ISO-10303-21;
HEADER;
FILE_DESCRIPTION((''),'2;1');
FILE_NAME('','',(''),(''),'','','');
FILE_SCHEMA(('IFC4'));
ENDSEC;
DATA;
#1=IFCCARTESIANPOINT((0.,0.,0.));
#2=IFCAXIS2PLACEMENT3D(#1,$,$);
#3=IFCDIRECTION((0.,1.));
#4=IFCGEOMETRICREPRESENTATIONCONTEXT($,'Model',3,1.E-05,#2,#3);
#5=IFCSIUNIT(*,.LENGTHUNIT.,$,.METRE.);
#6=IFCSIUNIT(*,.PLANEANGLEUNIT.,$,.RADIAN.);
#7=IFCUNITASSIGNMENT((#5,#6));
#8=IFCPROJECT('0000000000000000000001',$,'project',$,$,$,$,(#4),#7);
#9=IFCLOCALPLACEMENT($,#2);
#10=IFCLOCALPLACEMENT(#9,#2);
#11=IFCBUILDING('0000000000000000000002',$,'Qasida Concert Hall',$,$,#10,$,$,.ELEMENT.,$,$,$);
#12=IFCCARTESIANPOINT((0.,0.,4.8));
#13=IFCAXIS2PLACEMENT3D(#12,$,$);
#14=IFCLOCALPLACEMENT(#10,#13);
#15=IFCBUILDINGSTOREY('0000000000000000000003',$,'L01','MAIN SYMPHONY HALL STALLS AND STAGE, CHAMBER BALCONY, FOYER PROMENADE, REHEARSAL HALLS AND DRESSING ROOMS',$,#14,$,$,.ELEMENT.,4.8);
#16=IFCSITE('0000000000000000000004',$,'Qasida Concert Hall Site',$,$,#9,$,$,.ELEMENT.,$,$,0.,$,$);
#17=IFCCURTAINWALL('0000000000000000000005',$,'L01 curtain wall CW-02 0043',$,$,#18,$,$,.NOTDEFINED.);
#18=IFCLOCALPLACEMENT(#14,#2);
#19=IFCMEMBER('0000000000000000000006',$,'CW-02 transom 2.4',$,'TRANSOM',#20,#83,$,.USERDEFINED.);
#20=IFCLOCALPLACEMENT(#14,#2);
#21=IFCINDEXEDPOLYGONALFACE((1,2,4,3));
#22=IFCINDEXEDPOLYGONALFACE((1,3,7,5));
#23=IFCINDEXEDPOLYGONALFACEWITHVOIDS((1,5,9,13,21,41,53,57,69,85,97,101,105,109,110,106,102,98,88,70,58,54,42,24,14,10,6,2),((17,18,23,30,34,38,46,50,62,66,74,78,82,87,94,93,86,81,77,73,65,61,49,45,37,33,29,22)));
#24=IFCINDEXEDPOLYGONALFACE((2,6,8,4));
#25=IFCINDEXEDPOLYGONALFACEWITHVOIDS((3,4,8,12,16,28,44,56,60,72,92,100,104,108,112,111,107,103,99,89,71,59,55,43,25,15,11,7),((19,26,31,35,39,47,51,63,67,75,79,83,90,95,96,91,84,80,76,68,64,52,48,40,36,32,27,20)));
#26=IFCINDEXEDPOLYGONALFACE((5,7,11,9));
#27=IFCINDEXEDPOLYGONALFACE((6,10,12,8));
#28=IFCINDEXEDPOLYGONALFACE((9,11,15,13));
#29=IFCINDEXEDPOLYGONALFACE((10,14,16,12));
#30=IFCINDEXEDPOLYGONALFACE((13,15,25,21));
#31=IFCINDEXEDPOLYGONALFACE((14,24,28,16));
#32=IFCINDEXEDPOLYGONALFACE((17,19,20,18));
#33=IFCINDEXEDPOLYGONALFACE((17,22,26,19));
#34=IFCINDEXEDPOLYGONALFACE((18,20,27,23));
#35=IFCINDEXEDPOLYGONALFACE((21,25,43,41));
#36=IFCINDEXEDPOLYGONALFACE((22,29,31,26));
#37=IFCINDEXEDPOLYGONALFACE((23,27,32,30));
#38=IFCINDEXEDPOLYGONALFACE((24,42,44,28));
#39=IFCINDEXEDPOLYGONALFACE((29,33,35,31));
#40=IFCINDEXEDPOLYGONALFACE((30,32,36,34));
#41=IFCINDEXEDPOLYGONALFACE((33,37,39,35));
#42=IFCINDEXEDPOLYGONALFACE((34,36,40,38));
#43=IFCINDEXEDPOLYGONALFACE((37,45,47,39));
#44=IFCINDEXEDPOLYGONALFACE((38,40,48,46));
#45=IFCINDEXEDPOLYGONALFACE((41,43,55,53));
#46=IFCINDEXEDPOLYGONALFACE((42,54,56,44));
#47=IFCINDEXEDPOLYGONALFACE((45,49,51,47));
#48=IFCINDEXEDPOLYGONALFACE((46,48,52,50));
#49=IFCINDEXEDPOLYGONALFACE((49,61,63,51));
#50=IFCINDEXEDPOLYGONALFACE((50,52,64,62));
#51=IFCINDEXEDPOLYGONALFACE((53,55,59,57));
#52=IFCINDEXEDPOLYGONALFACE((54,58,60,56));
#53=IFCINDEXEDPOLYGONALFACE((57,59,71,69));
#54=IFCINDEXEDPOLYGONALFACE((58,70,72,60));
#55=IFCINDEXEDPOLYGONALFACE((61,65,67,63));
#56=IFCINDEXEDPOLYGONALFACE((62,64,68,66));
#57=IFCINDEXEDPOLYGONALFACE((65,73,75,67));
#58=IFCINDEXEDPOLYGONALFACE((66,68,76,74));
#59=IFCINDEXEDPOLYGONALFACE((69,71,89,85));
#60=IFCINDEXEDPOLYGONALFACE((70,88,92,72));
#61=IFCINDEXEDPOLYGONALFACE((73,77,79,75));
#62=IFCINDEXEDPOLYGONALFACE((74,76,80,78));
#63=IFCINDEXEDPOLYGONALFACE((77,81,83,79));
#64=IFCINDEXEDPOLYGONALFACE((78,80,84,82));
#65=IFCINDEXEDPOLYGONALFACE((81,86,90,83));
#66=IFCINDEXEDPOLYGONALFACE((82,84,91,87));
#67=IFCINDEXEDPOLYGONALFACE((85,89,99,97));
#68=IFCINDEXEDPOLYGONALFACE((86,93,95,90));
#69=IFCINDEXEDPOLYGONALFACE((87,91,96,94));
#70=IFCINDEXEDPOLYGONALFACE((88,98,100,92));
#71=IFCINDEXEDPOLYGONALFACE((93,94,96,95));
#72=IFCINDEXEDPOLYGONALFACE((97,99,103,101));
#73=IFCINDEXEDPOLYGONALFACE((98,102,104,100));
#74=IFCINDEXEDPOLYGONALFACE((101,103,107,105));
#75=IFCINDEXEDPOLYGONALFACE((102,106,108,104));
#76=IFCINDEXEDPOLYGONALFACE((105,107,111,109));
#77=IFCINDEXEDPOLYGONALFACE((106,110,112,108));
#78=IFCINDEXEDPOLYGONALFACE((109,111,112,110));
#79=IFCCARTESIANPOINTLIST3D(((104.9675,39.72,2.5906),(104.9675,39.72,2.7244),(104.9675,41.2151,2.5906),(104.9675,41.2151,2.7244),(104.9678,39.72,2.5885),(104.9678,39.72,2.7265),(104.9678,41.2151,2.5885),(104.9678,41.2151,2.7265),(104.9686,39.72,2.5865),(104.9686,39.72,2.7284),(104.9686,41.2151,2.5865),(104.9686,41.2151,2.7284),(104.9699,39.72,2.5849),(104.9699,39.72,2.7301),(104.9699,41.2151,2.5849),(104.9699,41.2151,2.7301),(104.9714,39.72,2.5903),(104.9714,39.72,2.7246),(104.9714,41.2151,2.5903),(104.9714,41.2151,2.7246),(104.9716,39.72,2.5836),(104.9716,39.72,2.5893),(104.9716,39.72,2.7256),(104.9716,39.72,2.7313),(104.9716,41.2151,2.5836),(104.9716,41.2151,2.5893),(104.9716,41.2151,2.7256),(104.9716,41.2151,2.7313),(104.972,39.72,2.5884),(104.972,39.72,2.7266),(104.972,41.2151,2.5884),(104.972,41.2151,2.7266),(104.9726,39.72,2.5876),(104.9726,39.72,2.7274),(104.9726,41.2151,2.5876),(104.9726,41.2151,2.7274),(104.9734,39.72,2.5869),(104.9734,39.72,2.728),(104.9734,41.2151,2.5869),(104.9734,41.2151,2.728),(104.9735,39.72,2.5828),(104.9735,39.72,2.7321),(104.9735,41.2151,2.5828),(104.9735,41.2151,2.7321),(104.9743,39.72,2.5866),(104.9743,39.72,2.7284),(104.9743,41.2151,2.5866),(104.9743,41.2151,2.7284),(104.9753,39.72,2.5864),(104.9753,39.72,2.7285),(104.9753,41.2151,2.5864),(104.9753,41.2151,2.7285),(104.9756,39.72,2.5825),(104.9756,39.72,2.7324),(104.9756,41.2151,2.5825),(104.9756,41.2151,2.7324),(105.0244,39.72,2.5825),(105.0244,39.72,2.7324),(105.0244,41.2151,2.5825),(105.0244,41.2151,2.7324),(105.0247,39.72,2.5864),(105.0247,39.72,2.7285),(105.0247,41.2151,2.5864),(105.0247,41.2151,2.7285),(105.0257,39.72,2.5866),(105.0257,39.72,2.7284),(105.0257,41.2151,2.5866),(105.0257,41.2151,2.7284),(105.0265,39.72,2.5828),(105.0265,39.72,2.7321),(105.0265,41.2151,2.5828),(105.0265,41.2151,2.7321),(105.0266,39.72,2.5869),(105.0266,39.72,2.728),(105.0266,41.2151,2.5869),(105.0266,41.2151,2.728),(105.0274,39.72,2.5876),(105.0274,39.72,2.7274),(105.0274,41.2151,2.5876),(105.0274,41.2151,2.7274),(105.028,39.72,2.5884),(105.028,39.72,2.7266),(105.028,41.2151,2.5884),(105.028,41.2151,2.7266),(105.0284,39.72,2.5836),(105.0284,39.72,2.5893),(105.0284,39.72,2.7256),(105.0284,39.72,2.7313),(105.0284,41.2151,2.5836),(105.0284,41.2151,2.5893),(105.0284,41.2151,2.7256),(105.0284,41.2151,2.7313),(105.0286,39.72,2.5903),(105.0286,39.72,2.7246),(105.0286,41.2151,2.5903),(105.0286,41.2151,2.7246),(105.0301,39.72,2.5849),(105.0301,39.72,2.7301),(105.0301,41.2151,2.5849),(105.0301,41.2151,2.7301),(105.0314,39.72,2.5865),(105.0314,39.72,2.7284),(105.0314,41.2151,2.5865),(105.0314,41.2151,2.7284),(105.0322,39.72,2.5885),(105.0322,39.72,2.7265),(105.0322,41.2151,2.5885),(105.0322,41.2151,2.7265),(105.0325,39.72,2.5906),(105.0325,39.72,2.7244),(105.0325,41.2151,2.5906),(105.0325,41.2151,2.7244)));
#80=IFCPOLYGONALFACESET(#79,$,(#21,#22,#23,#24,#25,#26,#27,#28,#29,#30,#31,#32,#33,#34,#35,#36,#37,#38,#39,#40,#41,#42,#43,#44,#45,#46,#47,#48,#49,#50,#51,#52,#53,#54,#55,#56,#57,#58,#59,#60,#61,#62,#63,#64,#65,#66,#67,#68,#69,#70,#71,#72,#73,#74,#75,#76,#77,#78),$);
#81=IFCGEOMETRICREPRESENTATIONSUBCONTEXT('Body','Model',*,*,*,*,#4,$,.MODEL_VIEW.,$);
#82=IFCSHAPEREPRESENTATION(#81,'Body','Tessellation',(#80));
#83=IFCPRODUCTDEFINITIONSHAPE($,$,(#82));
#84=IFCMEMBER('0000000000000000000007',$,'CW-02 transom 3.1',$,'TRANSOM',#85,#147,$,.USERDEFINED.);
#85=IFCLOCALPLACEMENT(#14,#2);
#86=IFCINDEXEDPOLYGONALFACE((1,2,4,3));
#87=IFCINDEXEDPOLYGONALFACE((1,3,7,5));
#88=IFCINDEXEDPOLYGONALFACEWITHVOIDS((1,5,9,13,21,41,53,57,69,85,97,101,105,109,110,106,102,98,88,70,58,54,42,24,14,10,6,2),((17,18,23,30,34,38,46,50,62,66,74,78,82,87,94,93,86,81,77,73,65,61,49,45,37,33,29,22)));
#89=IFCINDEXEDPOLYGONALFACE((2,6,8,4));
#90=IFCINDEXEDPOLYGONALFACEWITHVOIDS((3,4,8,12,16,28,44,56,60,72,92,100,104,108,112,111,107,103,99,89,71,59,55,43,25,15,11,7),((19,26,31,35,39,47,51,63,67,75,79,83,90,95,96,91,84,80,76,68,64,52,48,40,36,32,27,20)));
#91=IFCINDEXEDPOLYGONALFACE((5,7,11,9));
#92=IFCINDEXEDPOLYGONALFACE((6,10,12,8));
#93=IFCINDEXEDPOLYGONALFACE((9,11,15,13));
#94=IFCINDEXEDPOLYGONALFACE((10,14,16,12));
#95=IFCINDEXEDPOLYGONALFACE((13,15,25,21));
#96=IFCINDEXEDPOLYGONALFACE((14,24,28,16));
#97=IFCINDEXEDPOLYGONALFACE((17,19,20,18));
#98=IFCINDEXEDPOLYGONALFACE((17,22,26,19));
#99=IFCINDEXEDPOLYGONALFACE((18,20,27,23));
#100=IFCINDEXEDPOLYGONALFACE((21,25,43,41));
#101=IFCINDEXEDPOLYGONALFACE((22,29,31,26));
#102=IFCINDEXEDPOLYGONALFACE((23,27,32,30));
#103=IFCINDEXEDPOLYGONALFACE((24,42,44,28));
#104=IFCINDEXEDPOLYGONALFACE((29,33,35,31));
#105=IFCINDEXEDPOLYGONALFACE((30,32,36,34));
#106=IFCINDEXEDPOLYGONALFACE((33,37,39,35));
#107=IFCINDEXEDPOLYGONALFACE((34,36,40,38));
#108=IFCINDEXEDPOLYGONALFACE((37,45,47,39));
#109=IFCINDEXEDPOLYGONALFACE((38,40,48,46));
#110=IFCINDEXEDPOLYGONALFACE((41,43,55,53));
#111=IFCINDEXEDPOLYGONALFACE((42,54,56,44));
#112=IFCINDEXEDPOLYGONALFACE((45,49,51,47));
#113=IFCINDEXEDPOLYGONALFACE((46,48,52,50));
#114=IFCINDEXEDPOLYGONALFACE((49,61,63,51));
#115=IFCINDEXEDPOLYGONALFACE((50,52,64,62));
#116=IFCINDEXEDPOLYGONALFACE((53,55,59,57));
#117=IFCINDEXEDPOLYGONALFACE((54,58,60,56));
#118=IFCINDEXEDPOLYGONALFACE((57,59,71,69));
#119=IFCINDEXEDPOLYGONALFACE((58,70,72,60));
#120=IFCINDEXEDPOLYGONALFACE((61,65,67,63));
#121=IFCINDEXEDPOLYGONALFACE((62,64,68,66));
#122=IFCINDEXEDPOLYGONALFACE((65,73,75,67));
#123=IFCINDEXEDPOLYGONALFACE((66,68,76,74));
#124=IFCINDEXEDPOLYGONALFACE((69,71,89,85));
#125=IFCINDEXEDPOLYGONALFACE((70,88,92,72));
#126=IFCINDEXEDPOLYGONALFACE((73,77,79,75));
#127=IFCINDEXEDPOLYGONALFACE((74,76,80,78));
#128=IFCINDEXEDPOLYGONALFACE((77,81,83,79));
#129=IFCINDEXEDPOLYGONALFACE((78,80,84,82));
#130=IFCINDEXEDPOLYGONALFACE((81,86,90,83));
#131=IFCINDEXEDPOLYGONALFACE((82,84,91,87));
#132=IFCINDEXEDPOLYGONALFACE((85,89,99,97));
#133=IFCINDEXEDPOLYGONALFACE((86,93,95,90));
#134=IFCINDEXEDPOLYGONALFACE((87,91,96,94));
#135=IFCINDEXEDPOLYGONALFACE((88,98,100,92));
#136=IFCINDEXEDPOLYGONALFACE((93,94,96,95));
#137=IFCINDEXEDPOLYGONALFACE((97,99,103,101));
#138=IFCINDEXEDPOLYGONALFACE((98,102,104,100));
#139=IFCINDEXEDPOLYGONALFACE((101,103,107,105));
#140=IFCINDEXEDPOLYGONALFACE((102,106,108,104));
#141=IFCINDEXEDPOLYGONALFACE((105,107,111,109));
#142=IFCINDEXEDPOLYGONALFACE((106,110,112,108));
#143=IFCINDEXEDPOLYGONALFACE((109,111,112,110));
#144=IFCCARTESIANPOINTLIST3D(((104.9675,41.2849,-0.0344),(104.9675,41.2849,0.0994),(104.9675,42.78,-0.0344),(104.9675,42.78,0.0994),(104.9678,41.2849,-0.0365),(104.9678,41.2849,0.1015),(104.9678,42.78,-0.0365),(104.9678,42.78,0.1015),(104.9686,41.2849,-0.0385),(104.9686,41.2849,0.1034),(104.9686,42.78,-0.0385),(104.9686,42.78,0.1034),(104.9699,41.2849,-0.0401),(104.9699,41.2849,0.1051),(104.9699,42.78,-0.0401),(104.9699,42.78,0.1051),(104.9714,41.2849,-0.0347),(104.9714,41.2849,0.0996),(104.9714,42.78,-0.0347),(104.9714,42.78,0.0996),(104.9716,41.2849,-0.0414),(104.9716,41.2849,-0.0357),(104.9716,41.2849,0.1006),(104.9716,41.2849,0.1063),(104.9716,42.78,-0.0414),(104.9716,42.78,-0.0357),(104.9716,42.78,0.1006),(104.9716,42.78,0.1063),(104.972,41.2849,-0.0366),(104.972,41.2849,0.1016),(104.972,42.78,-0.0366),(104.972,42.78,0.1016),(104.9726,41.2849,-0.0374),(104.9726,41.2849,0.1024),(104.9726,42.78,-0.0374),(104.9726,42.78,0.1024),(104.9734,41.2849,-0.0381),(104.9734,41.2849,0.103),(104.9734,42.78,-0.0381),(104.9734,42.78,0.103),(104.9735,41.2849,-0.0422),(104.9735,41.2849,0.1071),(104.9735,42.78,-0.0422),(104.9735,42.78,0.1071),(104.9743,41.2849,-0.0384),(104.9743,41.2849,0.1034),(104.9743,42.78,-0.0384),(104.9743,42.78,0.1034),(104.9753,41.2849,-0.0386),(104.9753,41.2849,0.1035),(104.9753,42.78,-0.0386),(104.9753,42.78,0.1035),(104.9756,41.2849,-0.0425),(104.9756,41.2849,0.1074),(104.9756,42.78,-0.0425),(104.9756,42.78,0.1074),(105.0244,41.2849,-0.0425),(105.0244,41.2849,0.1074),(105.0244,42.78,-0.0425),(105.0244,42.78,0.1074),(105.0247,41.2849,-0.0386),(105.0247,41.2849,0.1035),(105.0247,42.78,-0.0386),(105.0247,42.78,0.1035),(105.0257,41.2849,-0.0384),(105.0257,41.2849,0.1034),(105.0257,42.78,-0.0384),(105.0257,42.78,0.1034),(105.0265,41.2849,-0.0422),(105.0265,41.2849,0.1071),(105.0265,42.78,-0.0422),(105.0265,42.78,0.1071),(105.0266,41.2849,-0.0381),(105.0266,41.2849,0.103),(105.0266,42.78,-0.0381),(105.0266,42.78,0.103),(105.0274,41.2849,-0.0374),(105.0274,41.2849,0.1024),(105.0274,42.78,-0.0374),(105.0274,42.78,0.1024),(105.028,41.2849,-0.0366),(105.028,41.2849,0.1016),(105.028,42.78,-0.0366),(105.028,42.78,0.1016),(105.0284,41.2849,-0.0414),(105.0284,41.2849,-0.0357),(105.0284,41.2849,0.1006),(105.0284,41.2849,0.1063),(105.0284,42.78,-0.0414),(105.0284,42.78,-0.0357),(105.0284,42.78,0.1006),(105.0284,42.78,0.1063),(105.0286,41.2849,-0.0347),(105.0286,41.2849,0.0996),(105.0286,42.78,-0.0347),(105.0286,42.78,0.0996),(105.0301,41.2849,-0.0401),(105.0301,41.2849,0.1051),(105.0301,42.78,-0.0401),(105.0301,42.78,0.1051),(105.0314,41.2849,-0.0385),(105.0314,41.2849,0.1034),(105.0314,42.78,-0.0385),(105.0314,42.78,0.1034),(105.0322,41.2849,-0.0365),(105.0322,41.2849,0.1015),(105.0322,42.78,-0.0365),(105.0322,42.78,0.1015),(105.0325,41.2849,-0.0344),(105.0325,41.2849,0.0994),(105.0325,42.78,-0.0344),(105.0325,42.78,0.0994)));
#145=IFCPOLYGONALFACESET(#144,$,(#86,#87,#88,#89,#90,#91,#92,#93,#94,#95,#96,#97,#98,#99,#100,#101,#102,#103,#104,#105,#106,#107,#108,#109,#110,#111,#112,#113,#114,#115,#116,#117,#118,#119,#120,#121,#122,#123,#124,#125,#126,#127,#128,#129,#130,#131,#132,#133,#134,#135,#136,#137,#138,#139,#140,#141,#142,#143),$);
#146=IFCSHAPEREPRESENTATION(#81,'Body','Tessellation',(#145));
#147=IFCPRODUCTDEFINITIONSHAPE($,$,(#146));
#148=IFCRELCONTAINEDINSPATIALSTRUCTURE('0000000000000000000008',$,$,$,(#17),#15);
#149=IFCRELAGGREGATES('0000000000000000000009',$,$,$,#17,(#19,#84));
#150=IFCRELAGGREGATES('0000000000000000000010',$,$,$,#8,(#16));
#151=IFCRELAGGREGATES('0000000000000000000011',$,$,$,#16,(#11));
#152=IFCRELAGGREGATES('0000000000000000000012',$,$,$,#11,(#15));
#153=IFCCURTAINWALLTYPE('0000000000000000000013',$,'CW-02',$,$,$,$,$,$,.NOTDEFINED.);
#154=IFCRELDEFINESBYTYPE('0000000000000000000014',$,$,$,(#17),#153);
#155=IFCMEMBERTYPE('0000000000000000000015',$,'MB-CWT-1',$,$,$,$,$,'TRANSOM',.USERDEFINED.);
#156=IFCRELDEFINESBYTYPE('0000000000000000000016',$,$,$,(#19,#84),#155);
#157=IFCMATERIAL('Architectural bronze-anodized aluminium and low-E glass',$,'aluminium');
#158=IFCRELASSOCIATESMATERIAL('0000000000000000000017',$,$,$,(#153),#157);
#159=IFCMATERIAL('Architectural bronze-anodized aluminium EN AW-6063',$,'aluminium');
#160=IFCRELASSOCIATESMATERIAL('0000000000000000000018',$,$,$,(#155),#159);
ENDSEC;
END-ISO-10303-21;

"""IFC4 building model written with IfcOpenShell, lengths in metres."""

from ifc_helpers import new_model, si_unit, direction, frame, origin, origin_2d, place, context, subcontext, project, spatial, hollow_rectangle, extrude, material, material_profile, profile_set, type_object, element, aggregate, save


model = new_model("IFC4")

# Units and contexts
model_context = context("Model", 3, precision=1e-05, world=origin(), true_north=direction((0.0, 1.0)))
body_context = subcontext(model_context, "Body", "Model", "MODEL_VIEW")
ifc_project = project(units=[si_unit("LENGTHUNIT", "METRE"), si_unit("PLANEANGLEUNIT", "RADIAN")], contexts=[model_context])

# Site, building, storey
site_placement = place(None, origin())
site = spatial("IfcSite", under=ifc_project, at=site_placement, Name="Qasida Concert Hall Site", CompositionType="ELEMENT", RefElevation=0.0)
building_placement = place(site_placement, origin())
building = spatial("IfcBuilding", under=site, at=building_placement, Name="Qasida Concert Hall", CompositionType="ELEMENT")
storey_placement = place(building_placement, frame((0.0, 0.0, 4.8)))
storey = spatial("IfcBuildingStorey", under=building, at=storey_placement, Name="L01", Description="MAIN SYMPHONY HALL STALLS AND STAGE, CHAMBER BALCONY, FOYER PROMENADE, REHEARSAL HALLS AND DRESSING ROOMS", CompositionType="ELEMENT", Elevation=4.8)

# Curtain wall, members
ifc_material_1 = material(Name="Architectural bronze-anodized aluminium and low-E glass", Category="aluminium")
curtain_wall_type = type_object("IfcCurtainWallType", Name="CW-02", PredefinedType="NOTDEFINED", material=ifc_material_1)
curtain_wall_placement = place(storey_placement, origin())
curtain_wall = element("IfcCurtainWall", 1, at=curtain_wall_placement, inside=storey, type_object=curtain_wall_type, Name="L01 curtain wall CW-02 0043", PredefinedType="NOTDEFINED")
ifc_material_2 = material(Name="Architectural bronze-anodized aluminium EN AW-6063", Category="aluminium")
ifc_material_profile_1 = material_profile(ifc_material_2, hollow_rectangle(XDim=0.0649, YDim=0.1499, WallThickness=0.0039, InnerFilletRadius=0.0039, OuterFilletRadius=0.0081, at=origin_2d()), Name="CWT 150x65x4")
ifc_profile_set_1 = profile_set([ifc_material_profile_1], Name="Architectural bronze-anodized aluminium EN AW-6063")
member_type_1 = type_object("IfcMemberType", Name="MB-CWT-1", ElementType="TRANSOM", PredefinedType="USERDEFINED", material=ifc_profile_set_1)
member_1_placement = place(storey_placement, frame((105.0, 39.72, 2.6575), z_axis=(0.0, 1.0, 0.0), x_axis=(-1.0, 0.0, 0.0)))
member_1 = element("IfcMember", 2, at=member_1_placement, type_object=member_type_1, Name="CW-02 transom 2.4", ObjectType="TRANSOM", PredefinedType="USERDEFINED", context=body_context, shape_type="SweptSolid", body=[
    extrude(hollow_rectangle(XDim=0.0649, YDim=0.1499, WallThickness=0.0039, InnerFilletRadius=0.0039, OuterFilletRadius=0.0081, at=origin_2d()), origin(), (0.0, 0.0, 1.0), 1.4951),
])
member_2_placement = place(storey_placement, frame((105.0, 41.2849, 0.0325), z_axis=(0.0, 1.0, 0.0), x_axis=(-1.0, 0.0, 0.0)))
member_2 = element("IfcMember", 3, at=member_2_placement, type_object=member_type_1, Name="CW-02 transom 3.1", ObjectType="TRANSOM", PredefinedType="USERDEFINED", context=body_context, shape_type="SweptSolid", body=[
    extrude(hollow_rectangle(XDim=0.0649, YDim=0.1499, WallThickness=0.0039, InnerFilletRadius=0.0039, OuterFilletRadius=0.0081, at=origin_2d()), origin(), (0.0, 0.0, 1.0), 1.4951),
])
aggregate(curtain_wall, [member_1, member_2])

save(model, "model.ifc")
